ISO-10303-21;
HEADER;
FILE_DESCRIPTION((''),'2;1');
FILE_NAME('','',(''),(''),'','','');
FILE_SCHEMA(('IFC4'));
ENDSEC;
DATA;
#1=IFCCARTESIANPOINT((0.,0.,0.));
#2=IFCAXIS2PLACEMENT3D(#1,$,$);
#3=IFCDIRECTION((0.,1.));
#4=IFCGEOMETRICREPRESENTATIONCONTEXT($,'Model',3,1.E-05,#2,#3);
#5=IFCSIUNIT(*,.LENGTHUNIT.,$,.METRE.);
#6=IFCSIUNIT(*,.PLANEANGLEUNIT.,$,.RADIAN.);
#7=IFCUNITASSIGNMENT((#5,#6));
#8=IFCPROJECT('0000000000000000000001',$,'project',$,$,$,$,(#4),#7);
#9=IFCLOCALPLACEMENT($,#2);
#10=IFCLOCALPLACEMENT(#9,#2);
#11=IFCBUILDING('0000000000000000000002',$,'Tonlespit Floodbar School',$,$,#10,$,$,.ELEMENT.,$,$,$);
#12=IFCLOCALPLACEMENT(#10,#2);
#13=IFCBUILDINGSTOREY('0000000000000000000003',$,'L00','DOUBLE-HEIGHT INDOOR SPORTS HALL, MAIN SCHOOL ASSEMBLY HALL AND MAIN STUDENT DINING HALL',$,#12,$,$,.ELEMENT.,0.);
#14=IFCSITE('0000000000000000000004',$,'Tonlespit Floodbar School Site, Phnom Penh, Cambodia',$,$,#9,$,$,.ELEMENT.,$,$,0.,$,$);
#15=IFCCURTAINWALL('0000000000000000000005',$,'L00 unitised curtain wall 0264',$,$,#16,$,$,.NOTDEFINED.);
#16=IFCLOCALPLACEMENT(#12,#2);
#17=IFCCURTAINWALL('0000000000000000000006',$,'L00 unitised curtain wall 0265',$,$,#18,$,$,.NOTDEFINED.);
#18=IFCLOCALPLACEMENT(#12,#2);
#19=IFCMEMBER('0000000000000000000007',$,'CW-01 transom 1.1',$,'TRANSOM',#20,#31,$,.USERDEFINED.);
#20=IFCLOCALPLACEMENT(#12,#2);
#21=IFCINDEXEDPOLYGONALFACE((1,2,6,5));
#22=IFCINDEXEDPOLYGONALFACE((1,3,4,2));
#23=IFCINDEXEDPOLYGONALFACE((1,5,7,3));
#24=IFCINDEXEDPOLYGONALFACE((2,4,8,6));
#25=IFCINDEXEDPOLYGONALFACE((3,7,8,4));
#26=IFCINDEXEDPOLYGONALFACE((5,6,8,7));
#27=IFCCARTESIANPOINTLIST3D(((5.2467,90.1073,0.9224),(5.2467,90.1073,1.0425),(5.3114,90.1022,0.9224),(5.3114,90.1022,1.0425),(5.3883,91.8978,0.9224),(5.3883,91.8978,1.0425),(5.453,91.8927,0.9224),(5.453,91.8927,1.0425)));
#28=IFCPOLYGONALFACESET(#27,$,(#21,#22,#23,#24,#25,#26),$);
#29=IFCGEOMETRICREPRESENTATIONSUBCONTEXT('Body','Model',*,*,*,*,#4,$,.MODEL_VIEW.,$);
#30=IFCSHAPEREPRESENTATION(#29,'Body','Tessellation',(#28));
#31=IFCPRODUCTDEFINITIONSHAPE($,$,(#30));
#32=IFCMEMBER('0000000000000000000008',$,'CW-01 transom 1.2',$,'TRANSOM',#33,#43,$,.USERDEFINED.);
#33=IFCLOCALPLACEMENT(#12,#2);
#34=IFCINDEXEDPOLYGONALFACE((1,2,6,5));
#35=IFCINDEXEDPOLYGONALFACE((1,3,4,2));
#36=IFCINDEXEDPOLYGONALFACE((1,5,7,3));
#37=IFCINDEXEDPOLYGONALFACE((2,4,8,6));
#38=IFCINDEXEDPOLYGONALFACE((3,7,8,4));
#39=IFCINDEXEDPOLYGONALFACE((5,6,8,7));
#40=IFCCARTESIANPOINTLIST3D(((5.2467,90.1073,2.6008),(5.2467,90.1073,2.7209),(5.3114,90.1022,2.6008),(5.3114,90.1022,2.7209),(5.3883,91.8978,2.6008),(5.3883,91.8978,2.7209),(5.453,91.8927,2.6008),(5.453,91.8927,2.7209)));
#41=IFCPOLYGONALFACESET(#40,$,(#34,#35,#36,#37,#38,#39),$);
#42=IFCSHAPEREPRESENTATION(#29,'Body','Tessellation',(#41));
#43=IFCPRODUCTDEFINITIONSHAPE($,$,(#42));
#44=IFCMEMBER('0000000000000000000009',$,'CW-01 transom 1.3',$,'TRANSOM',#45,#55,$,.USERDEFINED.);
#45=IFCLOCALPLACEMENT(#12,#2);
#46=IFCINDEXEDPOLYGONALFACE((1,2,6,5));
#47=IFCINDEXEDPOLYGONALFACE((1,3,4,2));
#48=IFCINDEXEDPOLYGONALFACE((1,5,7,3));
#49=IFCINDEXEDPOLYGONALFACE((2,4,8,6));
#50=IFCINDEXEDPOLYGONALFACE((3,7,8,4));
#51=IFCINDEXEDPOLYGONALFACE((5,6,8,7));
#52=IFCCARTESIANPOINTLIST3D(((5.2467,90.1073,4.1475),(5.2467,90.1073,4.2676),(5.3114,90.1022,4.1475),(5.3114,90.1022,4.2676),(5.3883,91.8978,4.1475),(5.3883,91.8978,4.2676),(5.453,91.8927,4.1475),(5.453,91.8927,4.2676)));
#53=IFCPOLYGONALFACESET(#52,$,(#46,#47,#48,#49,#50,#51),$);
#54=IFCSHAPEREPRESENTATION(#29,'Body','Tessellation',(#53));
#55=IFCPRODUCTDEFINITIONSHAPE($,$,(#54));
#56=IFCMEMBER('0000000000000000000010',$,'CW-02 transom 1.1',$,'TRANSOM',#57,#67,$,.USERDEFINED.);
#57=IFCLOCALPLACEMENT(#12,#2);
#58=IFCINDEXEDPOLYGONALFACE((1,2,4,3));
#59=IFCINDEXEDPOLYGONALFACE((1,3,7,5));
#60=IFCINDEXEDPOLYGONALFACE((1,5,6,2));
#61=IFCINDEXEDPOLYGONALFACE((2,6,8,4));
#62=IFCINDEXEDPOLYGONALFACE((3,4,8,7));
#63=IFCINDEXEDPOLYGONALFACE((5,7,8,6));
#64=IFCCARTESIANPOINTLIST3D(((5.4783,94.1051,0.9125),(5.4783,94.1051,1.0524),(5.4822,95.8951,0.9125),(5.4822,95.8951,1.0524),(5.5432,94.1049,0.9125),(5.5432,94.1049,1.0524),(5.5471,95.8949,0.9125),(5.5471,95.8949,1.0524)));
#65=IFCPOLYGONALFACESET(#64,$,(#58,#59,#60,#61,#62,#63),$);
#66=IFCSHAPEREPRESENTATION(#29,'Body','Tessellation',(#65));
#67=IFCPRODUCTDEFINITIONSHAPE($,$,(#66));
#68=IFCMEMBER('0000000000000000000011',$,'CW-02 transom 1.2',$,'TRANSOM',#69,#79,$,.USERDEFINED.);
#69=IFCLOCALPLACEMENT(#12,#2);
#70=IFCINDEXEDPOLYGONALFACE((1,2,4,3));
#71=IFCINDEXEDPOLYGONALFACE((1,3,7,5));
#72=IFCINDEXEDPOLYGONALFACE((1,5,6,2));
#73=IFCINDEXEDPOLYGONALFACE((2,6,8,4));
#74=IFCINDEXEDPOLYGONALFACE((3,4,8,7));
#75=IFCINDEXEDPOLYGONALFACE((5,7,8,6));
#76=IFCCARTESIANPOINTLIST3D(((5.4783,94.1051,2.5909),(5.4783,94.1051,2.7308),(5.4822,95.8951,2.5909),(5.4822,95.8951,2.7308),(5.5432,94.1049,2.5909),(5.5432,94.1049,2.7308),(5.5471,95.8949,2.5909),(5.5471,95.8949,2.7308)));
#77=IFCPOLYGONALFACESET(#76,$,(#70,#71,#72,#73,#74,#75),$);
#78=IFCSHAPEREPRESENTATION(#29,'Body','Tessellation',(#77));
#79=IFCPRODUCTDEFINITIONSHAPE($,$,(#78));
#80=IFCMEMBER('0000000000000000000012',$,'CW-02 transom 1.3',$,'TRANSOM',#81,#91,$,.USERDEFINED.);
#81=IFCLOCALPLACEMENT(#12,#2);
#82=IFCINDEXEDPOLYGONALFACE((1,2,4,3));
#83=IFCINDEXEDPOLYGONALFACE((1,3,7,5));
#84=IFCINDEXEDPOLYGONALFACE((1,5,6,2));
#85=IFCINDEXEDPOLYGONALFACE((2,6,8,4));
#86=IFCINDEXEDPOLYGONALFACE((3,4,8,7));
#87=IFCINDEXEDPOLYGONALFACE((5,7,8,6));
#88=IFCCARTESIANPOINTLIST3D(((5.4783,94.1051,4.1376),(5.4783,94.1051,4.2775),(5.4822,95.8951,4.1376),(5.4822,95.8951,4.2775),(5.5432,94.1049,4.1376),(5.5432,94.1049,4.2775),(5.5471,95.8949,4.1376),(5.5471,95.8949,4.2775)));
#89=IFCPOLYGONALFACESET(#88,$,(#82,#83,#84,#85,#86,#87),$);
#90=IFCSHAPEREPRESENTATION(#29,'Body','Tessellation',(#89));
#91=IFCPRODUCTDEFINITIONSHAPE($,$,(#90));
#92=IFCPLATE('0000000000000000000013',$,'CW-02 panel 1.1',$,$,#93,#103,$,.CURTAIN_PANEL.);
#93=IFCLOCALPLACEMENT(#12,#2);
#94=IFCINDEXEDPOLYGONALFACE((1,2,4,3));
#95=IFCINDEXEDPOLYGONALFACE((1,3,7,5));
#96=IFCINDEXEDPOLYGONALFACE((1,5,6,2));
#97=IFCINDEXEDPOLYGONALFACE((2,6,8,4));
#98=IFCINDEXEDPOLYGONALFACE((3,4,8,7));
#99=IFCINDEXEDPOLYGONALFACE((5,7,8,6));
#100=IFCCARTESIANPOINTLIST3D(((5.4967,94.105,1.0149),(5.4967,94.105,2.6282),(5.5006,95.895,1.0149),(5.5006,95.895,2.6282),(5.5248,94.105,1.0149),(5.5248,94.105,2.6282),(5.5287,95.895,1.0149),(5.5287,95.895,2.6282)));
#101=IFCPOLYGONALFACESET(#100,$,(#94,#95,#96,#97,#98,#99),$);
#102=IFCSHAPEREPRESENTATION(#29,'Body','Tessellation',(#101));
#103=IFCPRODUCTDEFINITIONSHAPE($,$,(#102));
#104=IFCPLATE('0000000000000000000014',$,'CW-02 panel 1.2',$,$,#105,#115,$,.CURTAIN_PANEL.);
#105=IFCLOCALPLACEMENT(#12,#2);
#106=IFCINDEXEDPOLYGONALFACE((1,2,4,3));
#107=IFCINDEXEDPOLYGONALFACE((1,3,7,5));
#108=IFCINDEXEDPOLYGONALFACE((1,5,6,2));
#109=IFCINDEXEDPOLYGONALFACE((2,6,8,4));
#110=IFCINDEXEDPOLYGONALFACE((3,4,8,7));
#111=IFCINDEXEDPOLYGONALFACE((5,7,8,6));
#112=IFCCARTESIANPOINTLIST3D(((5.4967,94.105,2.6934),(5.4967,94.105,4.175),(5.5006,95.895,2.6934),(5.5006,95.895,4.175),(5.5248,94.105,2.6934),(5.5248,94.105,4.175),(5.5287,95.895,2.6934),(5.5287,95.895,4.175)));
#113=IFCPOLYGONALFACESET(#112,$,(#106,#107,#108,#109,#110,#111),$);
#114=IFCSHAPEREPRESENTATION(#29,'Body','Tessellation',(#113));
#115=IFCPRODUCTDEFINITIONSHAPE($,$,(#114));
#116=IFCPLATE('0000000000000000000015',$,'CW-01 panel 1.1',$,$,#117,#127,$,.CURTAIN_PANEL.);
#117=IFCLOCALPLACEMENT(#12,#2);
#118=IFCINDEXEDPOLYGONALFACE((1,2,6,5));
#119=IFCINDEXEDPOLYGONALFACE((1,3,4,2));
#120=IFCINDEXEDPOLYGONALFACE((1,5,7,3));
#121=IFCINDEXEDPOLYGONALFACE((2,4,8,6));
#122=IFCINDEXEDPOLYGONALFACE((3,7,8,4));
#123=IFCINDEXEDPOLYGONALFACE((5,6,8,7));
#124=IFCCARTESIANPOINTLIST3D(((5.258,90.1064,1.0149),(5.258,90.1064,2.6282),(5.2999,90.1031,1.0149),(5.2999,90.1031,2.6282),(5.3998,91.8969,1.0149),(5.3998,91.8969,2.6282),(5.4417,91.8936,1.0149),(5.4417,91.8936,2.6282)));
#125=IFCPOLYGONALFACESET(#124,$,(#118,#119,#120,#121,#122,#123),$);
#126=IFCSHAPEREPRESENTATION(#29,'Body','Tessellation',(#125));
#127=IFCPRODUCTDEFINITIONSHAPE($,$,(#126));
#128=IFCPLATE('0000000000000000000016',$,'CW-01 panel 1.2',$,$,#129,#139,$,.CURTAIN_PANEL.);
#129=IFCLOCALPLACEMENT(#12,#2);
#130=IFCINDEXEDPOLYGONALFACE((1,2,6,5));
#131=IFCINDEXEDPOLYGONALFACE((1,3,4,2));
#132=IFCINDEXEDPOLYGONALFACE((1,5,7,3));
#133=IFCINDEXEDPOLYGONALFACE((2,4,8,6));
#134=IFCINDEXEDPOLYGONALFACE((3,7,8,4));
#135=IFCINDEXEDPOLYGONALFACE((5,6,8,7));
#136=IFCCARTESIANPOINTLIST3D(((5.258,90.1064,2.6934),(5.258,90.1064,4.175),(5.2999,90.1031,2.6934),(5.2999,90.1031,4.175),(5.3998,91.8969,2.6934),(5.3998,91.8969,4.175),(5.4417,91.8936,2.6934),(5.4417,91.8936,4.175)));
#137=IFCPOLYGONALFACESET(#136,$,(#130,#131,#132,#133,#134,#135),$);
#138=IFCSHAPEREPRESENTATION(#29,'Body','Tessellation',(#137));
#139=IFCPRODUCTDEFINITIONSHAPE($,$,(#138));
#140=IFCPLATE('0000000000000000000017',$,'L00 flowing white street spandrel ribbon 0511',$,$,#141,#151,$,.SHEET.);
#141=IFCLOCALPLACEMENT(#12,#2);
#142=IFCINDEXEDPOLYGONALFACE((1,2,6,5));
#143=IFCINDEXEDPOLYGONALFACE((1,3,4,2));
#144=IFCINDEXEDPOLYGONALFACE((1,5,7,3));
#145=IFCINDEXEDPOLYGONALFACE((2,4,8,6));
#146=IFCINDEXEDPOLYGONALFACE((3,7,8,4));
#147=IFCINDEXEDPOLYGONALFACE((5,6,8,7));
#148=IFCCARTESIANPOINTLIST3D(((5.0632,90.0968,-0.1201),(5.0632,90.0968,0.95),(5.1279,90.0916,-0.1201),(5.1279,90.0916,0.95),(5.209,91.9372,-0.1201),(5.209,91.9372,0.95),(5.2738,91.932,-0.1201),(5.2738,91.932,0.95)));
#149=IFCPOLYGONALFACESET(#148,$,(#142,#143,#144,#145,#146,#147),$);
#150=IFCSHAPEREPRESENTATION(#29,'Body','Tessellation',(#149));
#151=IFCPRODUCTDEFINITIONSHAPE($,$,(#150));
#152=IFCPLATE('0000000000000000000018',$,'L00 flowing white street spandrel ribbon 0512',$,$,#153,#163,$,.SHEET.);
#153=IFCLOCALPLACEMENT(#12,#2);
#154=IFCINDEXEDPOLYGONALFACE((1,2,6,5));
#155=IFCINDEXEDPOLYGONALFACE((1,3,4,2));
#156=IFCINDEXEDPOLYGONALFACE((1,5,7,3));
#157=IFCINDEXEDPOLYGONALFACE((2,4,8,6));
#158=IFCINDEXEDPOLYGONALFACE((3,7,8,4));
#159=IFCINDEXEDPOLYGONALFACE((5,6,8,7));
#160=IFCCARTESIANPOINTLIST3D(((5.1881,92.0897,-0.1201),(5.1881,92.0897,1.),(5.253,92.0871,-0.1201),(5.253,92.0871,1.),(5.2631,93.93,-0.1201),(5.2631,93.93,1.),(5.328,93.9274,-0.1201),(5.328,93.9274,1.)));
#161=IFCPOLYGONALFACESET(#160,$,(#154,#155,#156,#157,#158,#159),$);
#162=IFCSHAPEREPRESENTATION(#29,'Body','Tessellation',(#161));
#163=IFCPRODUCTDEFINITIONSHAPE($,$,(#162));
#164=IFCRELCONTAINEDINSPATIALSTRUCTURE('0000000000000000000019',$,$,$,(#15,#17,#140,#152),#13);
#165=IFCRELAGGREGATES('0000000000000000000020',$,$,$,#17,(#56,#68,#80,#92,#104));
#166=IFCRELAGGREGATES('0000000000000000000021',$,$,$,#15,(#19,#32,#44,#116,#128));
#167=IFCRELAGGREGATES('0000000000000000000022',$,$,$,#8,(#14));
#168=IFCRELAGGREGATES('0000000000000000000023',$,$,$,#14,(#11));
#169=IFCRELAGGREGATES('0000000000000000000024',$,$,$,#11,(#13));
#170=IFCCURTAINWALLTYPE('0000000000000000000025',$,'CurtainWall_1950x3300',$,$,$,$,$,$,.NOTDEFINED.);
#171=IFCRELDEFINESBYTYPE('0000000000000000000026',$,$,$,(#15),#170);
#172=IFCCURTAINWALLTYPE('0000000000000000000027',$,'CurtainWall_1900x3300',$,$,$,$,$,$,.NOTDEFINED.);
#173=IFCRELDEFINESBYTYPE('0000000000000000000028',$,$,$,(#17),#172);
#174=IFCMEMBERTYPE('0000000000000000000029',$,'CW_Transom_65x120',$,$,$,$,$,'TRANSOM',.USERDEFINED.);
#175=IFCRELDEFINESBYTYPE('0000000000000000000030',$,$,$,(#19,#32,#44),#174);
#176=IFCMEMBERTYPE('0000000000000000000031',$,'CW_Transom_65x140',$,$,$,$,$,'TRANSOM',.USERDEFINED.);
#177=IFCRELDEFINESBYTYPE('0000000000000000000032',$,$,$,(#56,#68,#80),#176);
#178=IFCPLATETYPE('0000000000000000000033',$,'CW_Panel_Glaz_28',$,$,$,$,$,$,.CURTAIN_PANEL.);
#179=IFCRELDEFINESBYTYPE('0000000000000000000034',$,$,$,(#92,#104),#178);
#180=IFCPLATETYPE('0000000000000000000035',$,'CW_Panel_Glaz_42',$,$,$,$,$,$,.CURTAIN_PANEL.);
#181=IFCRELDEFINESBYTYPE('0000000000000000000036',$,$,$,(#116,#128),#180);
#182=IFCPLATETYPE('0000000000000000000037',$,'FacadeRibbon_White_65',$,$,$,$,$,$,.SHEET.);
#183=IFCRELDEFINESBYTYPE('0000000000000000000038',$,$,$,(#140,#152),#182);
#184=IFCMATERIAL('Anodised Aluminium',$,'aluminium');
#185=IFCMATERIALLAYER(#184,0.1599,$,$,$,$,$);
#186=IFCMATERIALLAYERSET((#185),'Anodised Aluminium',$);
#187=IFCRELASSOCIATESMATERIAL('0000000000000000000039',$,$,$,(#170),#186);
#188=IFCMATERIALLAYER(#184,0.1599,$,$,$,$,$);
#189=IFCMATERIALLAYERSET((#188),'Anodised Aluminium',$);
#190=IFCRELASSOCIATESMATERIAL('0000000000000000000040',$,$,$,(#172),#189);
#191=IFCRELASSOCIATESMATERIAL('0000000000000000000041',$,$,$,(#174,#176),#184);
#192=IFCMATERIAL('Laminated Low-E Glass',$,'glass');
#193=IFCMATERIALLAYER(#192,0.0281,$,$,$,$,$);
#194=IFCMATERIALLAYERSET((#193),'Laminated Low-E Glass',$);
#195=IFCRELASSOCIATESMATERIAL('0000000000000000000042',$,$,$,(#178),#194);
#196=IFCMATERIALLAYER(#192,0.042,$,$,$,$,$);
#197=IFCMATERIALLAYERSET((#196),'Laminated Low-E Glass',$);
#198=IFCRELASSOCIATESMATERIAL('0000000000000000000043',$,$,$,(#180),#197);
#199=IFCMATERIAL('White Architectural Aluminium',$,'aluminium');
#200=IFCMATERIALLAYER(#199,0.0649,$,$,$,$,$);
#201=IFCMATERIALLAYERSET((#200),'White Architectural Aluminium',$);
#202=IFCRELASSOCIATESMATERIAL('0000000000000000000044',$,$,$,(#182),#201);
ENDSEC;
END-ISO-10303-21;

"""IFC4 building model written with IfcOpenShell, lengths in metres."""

from ifc_helpers import new_model, si_unit, direction, frame, origin, origin_2d, place, context, subcontext, project, spatial, rectangle, extrude, material, layer, layer_set, material_profile, profile_set, type_object, element, aggregate, save


model = new_model("IFC4")

# Units and contexts
model_context = context("Model", 3, precision=1e-05, world=origin(), true_north=direction((0.0, 1.0)))
body_context = subcontext(model_context, "Body", "Model", "MODEL_VIEW")
ifc_project = project(units=[si_unit("LENGTHUNIT", "METRE"), si_unit("PLANEANGLEUNIT", "RADIAN")], contexts=[model_context])

# Site, building, storey
site_placement = place(None, origin())
site = spatial("IfcSite", under=ifc_project, at=site_placement, Name="Tonlespit Floodbar School Site, Phnom Penh, Cambodia", CompositionType="ELEMENT", RefElevation=0.0)
building_placement = place(site_placement, origin())
building = spatial("IfcBuilding", under=site, at=building_placement, Name="Tonlespit Floodbar School", CompositionType="ELEMENT")
storey_placement = place(building_placement, origin())
storey = spatial("IfcBuildingStorey", under=building, at=storey_placement, Name="L00", Description="DOUBLE-HEIGHT INDOOR SPORTS HALL, MAIN SCHOOL ASSEMBLY HALL AND MAIN STUDENT DINING HALL", CompositionType="ELEMENT", Elevation=0.0)

# Curtain wall
ifc_material_1 = material(Name="Anodised Aluminium", Category="aluminium")
ifc_layer_1 = layer(ifc_material_1, 0.1599)
ifc_layer_set_1 = layer_set([ifc_layer_1], Name="Anodised Aluminium")
curtain_wall_type_1 = type_object("IfcCurtainWallType", Name="CurtainWall_1950x3300", PredefinedType="NOTDEFINED", material=ifc_layer_set_1)
curtain_wall_1_placement = place(storey_placement, origin())
curtain_wall_1 = element("IfcCurtainWall", 1, at=curtain_wall_1_placement, inside=storey, type_object=curtain_wall_type_1, Name="L00 unitised curtain wall 0264", PredefinedType="NOTDEFINED")

# Curtain wall
ifc_layer_2 = layer(ifc_material_1, 0.1599)
ifc_layer_set_2 = layer_set([ifc_layer_2], Name="Anodised Aluminium")
curtain_wall_type_2 = type_object("IfcCurtainWallType", Name="CurtainWall_1900x3300", PredefinedType="NOTDEFINED", material=ifc_layer_set_2)
curtain_wall_2_placement = place(storey_placement, origin())
curtain_wall_2 = element("IfcCurtainWall", 2, at=curtain_wall_2_placement, inside=storey, type_object=curtain_wall_type_2, Name="L00 unitised curtain wall 0265", PredefinedType="NOTDEFINED")

# Members
ifc_material_profile_1 = material_profile(ifc_material_1, rectangle(XDim=0.0649, YDim=0.1201, at=origin_2d()), Name="ALU T65x120")
ifc_profile_set_1 = profile_set([ifc_material_profile_1], Name="Anodised Aluminium")
member_type_1 = type_object("IfcMemberType", Name="CW_Transom_65x120", ElementType="TRANSOM", PredefinedType="USERDEFINED", material=ifc_profile_set_1)
member_1_placement = place(storey_placement, frame((5.2791, 90.1047, 0.9824), z_axis=(0.078838, 0.996887, 0.0), x_axis=(-0.996887, 0.078838, 0.0)))
member_1 = element("IfcMember", 3, at=member_1_placement, type_object=member_type_1, Name="CW-01 transom 1.1", ObjectType="TRANSOM", PredefinedType="USERDEFINED", context=body_context, shape_type="SweptSolid", body=[
    extrude(rectangle(XDim=0.0649, YDim=0.1201, at=origin_2d()), origin(), (0.0, 0.0, 1.0), 1.7961),
])
member_2_placement = place(storey_placement, frame((5.2791, 90.1047, 2.6609), z_axis=(0.078838, 0.996887, 0.0), x_axis=(-0.996887, 0.078838, 0.0)))
member_2 = element("IfcMember", 4, at=member_2_placement, type_object=member_type_1, Name="CW-01 transom 1.2", ObjectType="TRANSOM", PredefinedType="USERDEFINED", context=body_context, shape_type="SweptSolid", body=[
    extrude(rectangle(XDim=0.0649, YDim=0.1201, at=origin_2d()), origin(), (0.0, 0.0, 1.0), 1.7961),
])
member_3_placement = place(storey_placement, frame((5.2791, 90.1047, 4.2075), z_axis=(0.078838, 0.996887, 0.0), x_axis=(-0.996887, 0.078838, 0.0)))
member_3 = element("IfcMember", 5, at=member_3_placement, type_object=member_type_1, Name="CW-01 transom 1.3", ObjectType="TRANSOM", PredefinedType="USERDEFINED", context=body_context, shape_type="SweptSolid", body=[
    extrude(rectangle(XDim=0.0649, YDim=0.1201, at=origin_2d()), origin(), (0.0, 0.0, 1.0), 1.7961),
])
ifc_material_profile_2 = material_profile(ifc_material_1, rectangle(XDim=0.0649, YDim=0.1399, at=origin_2d()), Name="ALU T65x140")
ifc_profile_set_2 = profile_set([ifc_material_profile_2], Name="Anodised Aluminium")
member_type_2 = type_object("IfcMemberType", Name="CW_Transom_65x140", ElementType="TRANSOM", PredefinedType="USERDEFINED", material=ifc_profile_set_2)
member_4_placement = place(storey_placement, frame((5.5107, 94.105, 0.9824), z_axis=(0.002182, 0.999998, 0.0), x_axis=(-0.999998, 0.002182, 0.0)))
member_4 = element("IfcMember", 6, at=member_4_placement, type_object=member_type_2, Name="CW-02 transom 1.1", ObjectType="TRANSOM", PredefinedType="USERDEFINED", context=body_context, shape_type="SweptSolid", body=[
    extrude(rectangle(XDim=0.0649, YDim=0.1399, at=origin_2d()), origin(), (0.0, 0.0, 1.0), 1.79),
])
member_5_placement = place(storey_placement, frame((5.5107, 94.105, 2.6609), z_axis=(0.002182, 0.999998, 0.0), x_axis=(-0.999998, 0.002182, 0.0)))
member_5 = element("IfcMember", 7, at=member_5_placement, type_object=member_type_2, Name="CW-02 transom 1.2", ObjectType="TRANSOM", PredefinedType="USERDEFINED", context=body_context, shape_type="SweptSolid", body=[
    extrude(rectangle(XDim=0.0649, YDim=0.1399, at=origin_2d()), origin(), (0.0, 0.0, 1.0), 1.79),
])
member_6_placement = place(storey_placement, frame((5.5107, 94.105, 4.2075), z_axis=(0.002182, 0.999998, 0.0), x_axis=(-0.999998, 0.002182, 0.0)))
member_6 = element("IfcMember", 8, at=member_6_placement, type_object=member_type_2, Name="CW-02 transom 1.3", ObjectType="TRANSOM", PredefinedType="USERDEFINED", context=body_context, shape_type="SweptSolid", body=[
    extrude(rectangle(XDim=0.0649, YDim=0.1399, at=origin_2d()), origin(), (0.0, 0.0, 1.0), 1.79),
])

# Plates
ifc_material_2 = material(Name="Laminated Low-E Glass", Category="glass")
ifc_layer_3 = layer(ifc_material_2, 0.0281)
ifc_layer_set_3 = layer_set([ifc_layer_3], Name="Laminated Low-E Glass")
plate_type_1 = type_object("IfcPlateType", Name="CW_Panel_Glaz_28", PredefinedType="CURTAIN_PANEL", material=ifc_layer_set_3)
plate_1_placement = place(storey_placement, frame((5.5127, 95.0, 1.0149), z_axis=(0.0, 0.0, 1.0), x_axis=(0.002187, 0.999998, 0.0)))
plate_1 = element("IfcPlate", 9, at=plate_1_placement, type_object=plate_type_1, Name="CW-02 panel 1.1", PredefinedType="CURTAIN_PANEL", context=body_context, shape_type="SweptSolid", body=[
    extrude(rectangle(XDim=1.79, YDim=0.0281, at=origin_2d()), origin(), (0.0, 0.0, 1.0), 1.6133),
])
plate_2_placement = place(storey_placement, frame((5.5127, 95.0, 2.6934), z_axis=(0.0, 0.0, 1.0), x_axis=(0.002187, 0.999998, 0.0)))
plate_2 = element("IfcPlate", 10, at=plate_2_placement, type_object=plate_type_1, Name="CW-02 panel 1.2", PredefinedType="CURTAIN_PANEL", context=body_context, shape_type="SweptSolid", body=[
    extrude(rectangle(XDim=1.79, YDim=0.0281, at=origin_2d()), origin(), (0.0, 0.0, 1.0), 1.4817),
])
aggregate(curtain_wall_2, [member_4, member_5, member_6, plate_1, plate_2])
ifc_layer_4 = layer(ifc_material_2, 0.042)
ifc_layer_set_4 = layer_set([ifc_layer_4], Name="Laminated Low-E Glass")
plate_type_2 = type_object("IfcPlateType", Name="CW_Panel_Glaz_42", PredefinedType="CURTAIN_PANEL", material=ifc_layer_set_4)
plate_3_placement = place(storey_placement, frame((5.3499, 91.0, 1.0149), z_axis=(0.0, 0.0, 1.0), x_axis=(0.078963, 0.996878, 0.0)))
plate_3 = element("IfcPlate", 11, at=plate_3_placement, type_object=plate_type_2, Name="CW-01 panel 1.1", PredefinedType="CURTAIN_PANEL", context=body_context, shape_type="SweptSolid", body=[
    extrude(rectangle(XDim=1.7961, YDim=0.042, at=origin_2d()), origin(), (0.0, 0.0, 1.0), 1.6133),
])
plate_4_placement = place(storey_placement, frame((5.3499, 91.0, 2.6934), z_axis=(0.0, 0.0, 1.0), x_axis=(0.078963, 0.996878, 0.0)))
plate_4 = element("IfcPlate", 12, at=plate_4_placement, type_object=plate_type_2, Name="CW-01 panel 1.2", PredefinedType="CURTAIN_PANEL", context=body_context, shape_type="SweptSolid", body=[
    extrude(rectangle(XDim=1.7961, YDim=0.042, at=origin_2d()), origin(), (0.0, 0.0, 1.0), 1.4817),
])
aggregate(curtain_wall_1, [member_1, member_2, member_3, plate_3, plate_4])

# Plates
ifc_material_3 = material(Name="White Architectural Aluminium", Category="aluminium")
ifc_layer_5 = layer(ifc_material_3, 0.0649)
ifc_layer_set_5 = layer_set([ifc_layer_5], Name="White Architectural Aluminium")
plate_type_3 = type_object("IfcPlateType", Name="FacadeRibbon_White_65", PredefinedType="SHEET", material=ifc_layer_set_5)
plate_5_placement = place(storey_placement, frame((5.1685, 91.0144, -0.1201), z_axis=(0.0, 0.0, 1.0), x_axis=(0.079002, 0.996874, 0.0)))
element("IfcPlate", 13, at=plate_5_placement, inside=storey, type_object=plate_type_3, Name="L00 flowing white street spandrel ribbon 0511", PredefinedType="SHEET", context=body_context, shape_type="SweptSolid", body=[
    extrude(rectangle(XDim=1.8462, YDim=0.0649, at=origin_2d()), origin(), (0.0, 0.0, 1.0), 1.0701),
])
plate_6_placement = place(storey_placement, frame((5.2581, 93.0085, -0.1201), z_axis=(0.0, 0.0, 1.0), x_axis=(0.040716, 0.999171, 0.0)))
element("IfcPlate", 14, at=plate_6_placement, inside=storey, type_object=plate_type_3, Name="L00 flowing white street spandrel ribbon 0512", PredefinedType="SHEET", context=body_context, shape_type="SweptSolid", body=[
    extrude(rectangle(XDim=1.8418, YDim=0.0649, at=origin_2d()), origin(), (0.0, 0.0, 1.0), 1.1201),
])

save(model, "model.ifc")
